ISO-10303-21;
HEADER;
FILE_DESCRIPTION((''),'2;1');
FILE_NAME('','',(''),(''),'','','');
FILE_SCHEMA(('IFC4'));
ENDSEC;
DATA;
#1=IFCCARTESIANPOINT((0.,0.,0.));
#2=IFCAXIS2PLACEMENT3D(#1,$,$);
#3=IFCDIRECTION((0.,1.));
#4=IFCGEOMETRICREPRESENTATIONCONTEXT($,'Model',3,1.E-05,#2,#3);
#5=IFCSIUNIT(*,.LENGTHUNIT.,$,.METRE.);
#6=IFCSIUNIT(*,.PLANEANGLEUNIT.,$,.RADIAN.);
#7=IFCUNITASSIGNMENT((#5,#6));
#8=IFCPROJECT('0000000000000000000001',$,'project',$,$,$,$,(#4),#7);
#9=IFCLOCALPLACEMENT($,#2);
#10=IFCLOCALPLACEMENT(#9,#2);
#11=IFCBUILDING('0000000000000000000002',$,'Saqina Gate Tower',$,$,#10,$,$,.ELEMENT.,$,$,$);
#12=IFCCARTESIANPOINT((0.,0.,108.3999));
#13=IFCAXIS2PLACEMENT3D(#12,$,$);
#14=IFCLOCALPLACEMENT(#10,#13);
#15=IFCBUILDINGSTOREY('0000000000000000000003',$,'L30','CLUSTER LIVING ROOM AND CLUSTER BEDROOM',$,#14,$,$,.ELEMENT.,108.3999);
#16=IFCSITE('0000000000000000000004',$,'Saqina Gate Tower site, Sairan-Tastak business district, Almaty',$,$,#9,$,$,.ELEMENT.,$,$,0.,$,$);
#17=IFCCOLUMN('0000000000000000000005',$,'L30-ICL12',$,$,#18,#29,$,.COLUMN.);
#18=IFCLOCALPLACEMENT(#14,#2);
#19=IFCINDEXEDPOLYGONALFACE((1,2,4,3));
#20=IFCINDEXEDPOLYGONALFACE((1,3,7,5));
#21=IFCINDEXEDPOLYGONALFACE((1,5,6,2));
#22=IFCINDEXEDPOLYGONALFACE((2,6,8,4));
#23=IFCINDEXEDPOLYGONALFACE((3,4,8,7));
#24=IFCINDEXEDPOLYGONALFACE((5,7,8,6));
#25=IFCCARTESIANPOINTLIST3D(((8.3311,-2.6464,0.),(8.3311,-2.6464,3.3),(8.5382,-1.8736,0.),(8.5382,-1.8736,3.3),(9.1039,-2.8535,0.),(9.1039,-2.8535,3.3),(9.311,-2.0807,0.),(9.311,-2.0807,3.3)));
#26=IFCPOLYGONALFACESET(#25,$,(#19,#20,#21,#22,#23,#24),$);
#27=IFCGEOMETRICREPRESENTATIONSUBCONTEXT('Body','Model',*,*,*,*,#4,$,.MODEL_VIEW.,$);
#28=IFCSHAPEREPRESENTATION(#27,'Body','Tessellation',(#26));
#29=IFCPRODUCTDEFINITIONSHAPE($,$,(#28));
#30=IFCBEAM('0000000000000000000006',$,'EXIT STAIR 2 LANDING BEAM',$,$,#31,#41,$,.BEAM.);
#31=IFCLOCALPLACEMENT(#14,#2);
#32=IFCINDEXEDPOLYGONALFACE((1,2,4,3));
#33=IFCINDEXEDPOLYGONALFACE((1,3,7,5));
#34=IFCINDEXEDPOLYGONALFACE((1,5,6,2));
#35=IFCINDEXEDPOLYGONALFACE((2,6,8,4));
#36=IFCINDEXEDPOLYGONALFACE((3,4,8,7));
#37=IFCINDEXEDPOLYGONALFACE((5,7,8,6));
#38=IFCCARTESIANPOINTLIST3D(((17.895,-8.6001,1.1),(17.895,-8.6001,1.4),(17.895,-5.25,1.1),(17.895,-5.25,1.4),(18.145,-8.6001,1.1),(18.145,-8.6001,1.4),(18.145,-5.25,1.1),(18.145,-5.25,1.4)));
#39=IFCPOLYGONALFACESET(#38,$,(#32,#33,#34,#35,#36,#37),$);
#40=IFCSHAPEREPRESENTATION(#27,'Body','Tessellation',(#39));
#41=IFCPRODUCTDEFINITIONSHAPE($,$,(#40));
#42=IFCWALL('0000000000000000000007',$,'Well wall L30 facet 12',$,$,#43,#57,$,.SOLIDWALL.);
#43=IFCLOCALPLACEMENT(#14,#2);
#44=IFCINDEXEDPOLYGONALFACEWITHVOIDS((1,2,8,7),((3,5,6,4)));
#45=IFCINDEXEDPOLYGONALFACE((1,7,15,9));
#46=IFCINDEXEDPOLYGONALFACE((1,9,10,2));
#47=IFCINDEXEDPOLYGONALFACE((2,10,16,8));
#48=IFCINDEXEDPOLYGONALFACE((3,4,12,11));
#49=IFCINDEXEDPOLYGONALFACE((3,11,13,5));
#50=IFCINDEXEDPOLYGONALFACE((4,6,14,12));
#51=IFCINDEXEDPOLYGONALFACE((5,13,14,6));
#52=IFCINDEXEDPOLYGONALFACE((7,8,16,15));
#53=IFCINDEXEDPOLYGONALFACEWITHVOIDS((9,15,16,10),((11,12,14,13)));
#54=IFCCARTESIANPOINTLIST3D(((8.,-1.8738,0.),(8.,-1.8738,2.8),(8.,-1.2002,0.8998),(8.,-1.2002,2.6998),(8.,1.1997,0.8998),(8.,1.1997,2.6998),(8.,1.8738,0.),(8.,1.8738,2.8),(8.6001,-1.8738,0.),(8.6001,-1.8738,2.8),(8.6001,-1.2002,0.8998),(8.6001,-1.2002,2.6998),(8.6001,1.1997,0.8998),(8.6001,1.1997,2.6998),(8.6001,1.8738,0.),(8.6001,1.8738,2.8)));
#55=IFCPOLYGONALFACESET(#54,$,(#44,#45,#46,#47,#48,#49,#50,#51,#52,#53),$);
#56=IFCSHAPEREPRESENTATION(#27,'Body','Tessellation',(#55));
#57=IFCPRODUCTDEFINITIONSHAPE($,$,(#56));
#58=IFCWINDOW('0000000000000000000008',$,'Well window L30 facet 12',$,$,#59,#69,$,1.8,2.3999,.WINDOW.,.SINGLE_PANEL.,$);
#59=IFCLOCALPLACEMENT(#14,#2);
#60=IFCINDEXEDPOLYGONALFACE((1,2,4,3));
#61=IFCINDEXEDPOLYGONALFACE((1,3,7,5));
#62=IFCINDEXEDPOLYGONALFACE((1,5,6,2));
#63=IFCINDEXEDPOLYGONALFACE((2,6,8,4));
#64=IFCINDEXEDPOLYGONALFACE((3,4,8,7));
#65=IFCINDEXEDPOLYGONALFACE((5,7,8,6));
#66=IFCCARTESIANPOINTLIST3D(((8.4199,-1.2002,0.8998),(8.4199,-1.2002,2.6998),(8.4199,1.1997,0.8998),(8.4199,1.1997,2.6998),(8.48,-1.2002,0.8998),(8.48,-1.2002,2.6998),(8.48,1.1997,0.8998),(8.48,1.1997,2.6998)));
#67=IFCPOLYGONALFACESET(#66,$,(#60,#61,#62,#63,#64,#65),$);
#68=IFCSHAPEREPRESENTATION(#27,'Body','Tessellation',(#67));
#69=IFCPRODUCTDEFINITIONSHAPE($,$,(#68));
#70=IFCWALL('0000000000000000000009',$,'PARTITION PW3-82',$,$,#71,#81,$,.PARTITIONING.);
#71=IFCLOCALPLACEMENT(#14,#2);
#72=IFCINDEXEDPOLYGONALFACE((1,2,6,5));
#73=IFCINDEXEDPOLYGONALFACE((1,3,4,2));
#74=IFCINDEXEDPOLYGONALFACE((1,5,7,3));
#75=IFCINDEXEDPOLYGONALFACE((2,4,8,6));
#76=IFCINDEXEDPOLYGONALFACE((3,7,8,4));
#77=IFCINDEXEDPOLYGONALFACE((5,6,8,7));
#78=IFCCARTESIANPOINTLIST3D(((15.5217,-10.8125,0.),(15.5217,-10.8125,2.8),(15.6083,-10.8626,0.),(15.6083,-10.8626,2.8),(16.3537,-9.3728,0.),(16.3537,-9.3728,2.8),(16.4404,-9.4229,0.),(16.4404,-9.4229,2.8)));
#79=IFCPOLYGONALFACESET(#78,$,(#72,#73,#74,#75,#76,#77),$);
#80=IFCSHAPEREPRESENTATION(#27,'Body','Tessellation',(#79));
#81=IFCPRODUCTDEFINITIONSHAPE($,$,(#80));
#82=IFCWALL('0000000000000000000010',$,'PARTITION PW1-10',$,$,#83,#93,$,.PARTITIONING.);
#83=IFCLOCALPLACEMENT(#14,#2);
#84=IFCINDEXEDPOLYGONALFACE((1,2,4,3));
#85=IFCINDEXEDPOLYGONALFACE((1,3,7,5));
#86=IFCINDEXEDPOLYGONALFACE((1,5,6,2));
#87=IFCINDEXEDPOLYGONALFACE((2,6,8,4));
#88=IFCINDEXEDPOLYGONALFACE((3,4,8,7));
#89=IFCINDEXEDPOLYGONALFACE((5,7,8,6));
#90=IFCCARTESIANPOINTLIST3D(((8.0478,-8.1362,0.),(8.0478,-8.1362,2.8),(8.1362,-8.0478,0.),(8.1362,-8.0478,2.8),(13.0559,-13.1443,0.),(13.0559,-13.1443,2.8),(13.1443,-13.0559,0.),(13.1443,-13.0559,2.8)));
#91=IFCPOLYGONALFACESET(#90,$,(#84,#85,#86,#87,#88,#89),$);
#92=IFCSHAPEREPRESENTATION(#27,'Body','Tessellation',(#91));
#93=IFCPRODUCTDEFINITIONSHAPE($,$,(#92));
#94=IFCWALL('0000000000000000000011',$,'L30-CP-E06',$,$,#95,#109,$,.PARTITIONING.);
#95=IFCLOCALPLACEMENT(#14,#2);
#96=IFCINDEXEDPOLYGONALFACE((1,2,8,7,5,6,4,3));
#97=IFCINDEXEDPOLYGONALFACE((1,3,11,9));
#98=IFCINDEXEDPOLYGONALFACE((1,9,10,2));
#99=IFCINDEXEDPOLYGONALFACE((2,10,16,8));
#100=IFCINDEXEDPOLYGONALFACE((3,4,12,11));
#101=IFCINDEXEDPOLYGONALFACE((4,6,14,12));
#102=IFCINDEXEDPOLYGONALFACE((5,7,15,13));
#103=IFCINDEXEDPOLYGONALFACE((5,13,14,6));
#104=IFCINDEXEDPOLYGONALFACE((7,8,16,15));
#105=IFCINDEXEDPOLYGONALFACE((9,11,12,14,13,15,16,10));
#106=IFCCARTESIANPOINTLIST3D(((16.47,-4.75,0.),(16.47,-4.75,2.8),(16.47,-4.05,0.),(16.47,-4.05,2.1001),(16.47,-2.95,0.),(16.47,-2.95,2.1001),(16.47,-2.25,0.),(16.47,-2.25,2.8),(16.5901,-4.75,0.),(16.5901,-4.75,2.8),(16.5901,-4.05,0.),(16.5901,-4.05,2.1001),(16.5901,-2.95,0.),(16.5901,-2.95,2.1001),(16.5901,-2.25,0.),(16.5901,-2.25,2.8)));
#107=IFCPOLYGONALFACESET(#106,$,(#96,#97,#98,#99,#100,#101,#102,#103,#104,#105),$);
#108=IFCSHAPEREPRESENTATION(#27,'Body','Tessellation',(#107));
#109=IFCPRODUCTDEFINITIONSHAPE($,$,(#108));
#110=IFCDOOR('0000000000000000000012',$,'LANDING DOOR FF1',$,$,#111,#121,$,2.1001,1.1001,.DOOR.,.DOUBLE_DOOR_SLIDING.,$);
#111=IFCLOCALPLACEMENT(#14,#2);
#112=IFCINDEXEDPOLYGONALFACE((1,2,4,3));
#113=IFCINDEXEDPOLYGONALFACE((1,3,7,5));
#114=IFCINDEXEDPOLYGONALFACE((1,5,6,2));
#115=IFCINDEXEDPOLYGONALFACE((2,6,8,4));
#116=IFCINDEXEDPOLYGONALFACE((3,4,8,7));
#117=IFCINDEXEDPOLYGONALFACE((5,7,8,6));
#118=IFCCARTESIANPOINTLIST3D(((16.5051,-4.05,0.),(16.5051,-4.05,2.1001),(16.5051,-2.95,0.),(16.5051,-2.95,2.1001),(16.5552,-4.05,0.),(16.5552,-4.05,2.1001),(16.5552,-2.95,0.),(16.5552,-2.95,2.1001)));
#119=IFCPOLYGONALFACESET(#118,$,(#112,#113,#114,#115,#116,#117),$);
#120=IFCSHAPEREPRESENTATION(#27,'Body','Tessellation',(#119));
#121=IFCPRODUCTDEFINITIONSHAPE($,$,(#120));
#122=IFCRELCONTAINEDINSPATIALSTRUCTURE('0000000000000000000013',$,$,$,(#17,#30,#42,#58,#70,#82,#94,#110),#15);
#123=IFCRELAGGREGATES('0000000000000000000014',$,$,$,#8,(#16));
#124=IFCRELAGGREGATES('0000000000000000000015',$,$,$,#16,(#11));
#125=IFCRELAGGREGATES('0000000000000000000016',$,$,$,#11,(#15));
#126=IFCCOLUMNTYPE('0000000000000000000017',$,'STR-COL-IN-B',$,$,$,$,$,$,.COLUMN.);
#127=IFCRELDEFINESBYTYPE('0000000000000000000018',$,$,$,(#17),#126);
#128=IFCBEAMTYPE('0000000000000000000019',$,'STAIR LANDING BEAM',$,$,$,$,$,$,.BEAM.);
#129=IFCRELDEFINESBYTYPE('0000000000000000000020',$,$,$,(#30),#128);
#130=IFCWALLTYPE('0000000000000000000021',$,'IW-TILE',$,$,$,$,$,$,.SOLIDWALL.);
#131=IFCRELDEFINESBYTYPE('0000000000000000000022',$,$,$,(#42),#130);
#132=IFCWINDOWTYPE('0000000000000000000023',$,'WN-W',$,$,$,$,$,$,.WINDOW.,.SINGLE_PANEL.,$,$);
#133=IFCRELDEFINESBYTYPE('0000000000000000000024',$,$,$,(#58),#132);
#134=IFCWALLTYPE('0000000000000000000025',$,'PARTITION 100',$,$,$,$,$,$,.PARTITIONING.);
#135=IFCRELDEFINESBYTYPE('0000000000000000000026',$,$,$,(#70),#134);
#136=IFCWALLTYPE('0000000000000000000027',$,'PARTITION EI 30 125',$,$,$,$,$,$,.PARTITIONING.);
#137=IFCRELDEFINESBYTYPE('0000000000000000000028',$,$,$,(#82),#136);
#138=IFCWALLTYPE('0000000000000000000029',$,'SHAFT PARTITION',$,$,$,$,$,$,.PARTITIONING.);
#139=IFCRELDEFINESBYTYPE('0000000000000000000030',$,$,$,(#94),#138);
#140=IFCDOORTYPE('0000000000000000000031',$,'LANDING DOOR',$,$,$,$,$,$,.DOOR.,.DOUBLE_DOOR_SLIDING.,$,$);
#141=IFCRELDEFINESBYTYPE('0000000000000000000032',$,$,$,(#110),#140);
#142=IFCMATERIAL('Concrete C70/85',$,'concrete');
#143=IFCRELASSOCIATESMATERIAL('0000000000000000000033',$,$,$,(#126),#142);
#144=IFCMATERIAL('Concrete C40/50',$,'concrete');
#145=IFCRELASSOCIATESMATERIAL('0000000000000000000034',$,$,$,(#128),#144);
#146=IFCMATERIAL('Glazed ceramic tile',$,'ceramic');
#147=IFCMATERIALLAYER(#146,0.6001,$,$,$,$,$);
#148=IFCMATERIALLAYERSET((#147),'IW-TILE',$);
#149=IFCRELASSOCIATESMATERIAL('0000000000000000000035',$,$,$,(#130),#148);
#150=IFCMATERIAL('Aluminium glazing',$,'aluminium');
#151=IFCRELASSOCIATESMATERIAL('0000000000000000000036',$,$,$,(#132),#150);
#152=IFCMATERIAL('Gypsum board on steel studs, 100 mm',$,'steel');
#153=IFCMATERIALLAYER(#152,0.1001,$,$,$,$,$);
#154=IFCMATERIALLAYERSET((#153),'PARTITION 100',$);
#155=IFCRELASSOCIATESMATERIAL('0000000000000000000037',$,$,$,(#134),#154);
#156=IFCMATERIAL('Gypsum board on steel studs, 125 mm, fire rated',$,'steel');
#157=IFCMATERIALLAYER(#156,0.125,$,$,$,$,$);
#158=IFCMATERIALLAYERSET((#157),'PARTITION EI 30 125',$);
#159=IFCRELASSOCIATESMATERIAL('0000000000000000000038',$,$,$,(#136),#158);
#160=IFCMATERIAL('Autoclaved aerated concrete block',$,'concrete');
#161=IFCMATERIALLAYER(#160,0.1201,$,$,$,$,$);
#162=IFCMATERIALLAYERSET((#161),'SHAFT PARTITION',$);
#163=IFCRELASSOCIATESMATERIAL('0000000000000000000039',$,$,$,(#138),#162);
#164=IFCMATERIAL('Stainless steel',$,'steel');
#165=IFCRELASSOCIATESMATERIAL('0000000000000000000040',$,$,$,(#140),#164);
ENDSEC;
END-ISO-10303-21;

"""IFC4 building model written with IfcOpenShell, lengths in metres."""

from ifc_helpers import new_model, si_unit, direction, frame, frame_2d, origin, origin_2d, place, context, subcontext, project, spatial, rectangle, extrude, material, layer, layer_set, material_profile, profile_set, type_object, element, fill, save


model = new_model("IFC4")

# Units and contexts
model_context = context("Model", 3, precision=1e-05, world=origin(), true_north=direction((0.0, 1.0)))
body_context = subcontext(model_context, "Body", "Model", "MODEL_VIEW")
ifc_project = project(units=[si_unit("LENGTHUNIT", "METRE"), si_unit("PLANEANGLEUNIT", "RADIAN")], contexts=[model_context])

# Site, building, storey
site_placement = place(None, origin())
site = spatial("IfcSite", under=ifc_project, at=site_placement, Name="Saqina Gate Tower site, Sairan-Tastak business district, Almaty", CompositionType="ELEMENT", RefElevation=0.0)
building_placement = place(site_placement, origin())
building = spatial("IfcBuilding", under=site, at=building_placement, Name="Saqina Gate Tower", CompositionType="ELEMENT")
storey_placement = place(building_placement, frame((0.0, 0.0, 108.3999)))
storey = spatial("IfcBuildingStorey", under=building, at=storey_placement, Name="L30", Description="CLUSTER LIVING ROOM AND CLUSTER BEDROOM", CompositionType="ELEMENT", Elevation=108.3999)

# Column
ifc_material_1 = material(Name="Concrete C70/85", Category="concrete")
ifc_material_profile_1 = material_profile(ifc_material_1, rectangle(XDim=0.8, YDim=0.8, at=origin_2d()), Name="RC 800x800")
ifc_profile_set_1 = profile_set([ifc_material_profile_1], Name="Concrete C70/85")
column_type = type_object("IfcColumnType", Name="STR-COL-IN-B", PredefinedType="COLUMN", material=ifc_profile_set_1)
column_placement = place(storey_placement, frame((8.821, -2.3635, 0.0), z_axis=(0.0, 0.0, 1.0), x_axis=(0.965926, -0.258819, 0.0)))
element("IfcColumn", 1, at=column_placement, inside=storey, type_object=column_type, Name="L30-ICL12", PredefinedType="COLUMN", context=body_context, shape_type="SweptSolid", body=[
    extrude(rectangle(XDim=0.8, YDim=0.8, at=origin_2d()), origin(), (0.0, 0.0, 1.0), 3.3),
])

# Beam
ifc_material_2 = material(Name="Concrete C40/50", Category="concrete")
ifc_material_profile_2 = material_profile(ifc_material_2, rectangle(XDim=0.25, YDim=0.3, at=origin_2d()), Name="STAIR LANDING BEAM")
ifc_profile_set_2 = profile_set([ifc_material_profile_2], Name="Concrete C40/50")
beam_type = type_object("IfcBeamType", Name="STAIR LANDING BEAM", PredefinedType="BEAM", material=ifc_profile_set_2)
beam_placement = place(storey_placement, frame((18.02, -8.6001, 1.25), z_axis=(0.0, 1.0, 0.0), x_axis=(-1.0, 0.0, 0.0)))
element("IfcBeam", 2, at=beam_placement, inside=storey, type_object=beam_type, Name="EXIT STAIR 2 LANDING BEAM", PredefinedType="BEAM", context=body_context, shape_type="SweptSolid", body=[
    extrude(rectangle(XDim=0.25, YDim=0.3, at=origin_2d()), origin(), (0.0, 0.0, 1.0), 3.3501),
])

# Wall, opening, window
ifc_material_3 = material(Name="Glazed ceramic tile", Category="ceramic")
ifc_layer_1 = layer(ifc_material_3, 0.6001)
ifc_layer_set_1 = layer_set([ifc_layer_1], Name="IW-TILE")
wall_type_1 = type_object("IfcWallType", Name="IW-TILE", PredefinedType="SOLIDWALL", material=ifc_layer_set_1)
wall_1_placement = place(storey_placement, frame((8.3, -1.8738, 0.0), z_axis=(0.0, 0.0, 1.0), x_axis=(0.0, 1.0, 0.0)))
wall_1 = element("IfcWall", 3, at=wall_1_placement, inside=storey, type_object=wall_type_1, Name="Well wall L30 facet 12", PredefinedType="SOLIDWALL", context=body_context, shape_type="SweptSolid", body=[
    extrude(rectangle(XDim=3.7476, YDim=0.6001, at=frame_2d((1.8738, 0.0))), origin(), (0.0, 0.0, 1.0), 2.8),
])
opening_1_placement = place(wall_1_placement, frame((0.6736, 0.0, 0.8999)))
opening_1 = element("IfcOpeningElement", 4, at=opening_1_placement, cuts=wall_1, PredefinedType="OPENING", context=body_context, shape_type="SweptSolid", body=[
    extrude(rectangle(XDim=2.3999, YDim=1.8, at=frame_2d((1.2, 0.8999))), frame((0.0, 0.312, 0.0), z_axis=(0.0, -1.0, 0.0), x_axis=(1.0, 0.0, 0.0)), (0.0, 0.0, 1.0), 0.624),
])
ifc_material_4 = material(Name="Aluminium glazing", Category="aluminium")
window_type = type_object("IfcWindowType", Name="WN-W", PartitioningType="SINGLE_PANEL", PredefinedType="WINDOW", material=ifc_material_4)
window_placement = place(opening_1_placement, origin())
window = element("IfcWindow", 5, at=window_placement, inside=storey, type_object=window_type, Name="Well window L30 facet 12", OverallHeight=1.8, OverallWidth=2.3999, PartitioningType="SINGLE_PANEL", PredefinedType="WINDOW", context=body_context, shape_type="SweptSolid", body=[
    extrude(rectangle(XDim=2.3999, YDim=1.8, at=frame_2d((1.2, 0.8999))), frame((0.0, -0.1199, 0.0), z_axis=(0.0, -1.0, 0.0), x_axis=(1.0, 0.0, 0.0)), (0.0, 0.0, 1.0), 0.0601),
])
fill(opening_1, window)

# Walls
ifc_material_5 = material(Name="Gypsum board on steel studs, 100 mm", Category="steel")
ifc_layer_2 = layer(ifc_material_5, 0.1001)
ifc_layer_set_2 = layer_set([ifc_layer_2], Name="PARTITION 100")
wall_type_2 = type_object("IfcWallType", Name="PARTITION 100", PredefinedType="PARTITIONING", material=ifc_layer_set_2)
wall_2_placement = place(storey_placement, frame((15.5649, -10.8376, 0.0), z_axis=(0.0, 0.0, 1.0), x_axis=(0.500371, 0.865811, 0.0)))
element("IfcWall", 6, at=wall_2_placement, inside=storey, type_object=wall_type_2, Name="PARTITION PW3-82", PredefinedType="PARTITIONING", context=body_context, shape_type="SweptSolid", body=[
    extrude(rectangle(XDim=1.6628, YDim=0.1001, at=frame_2d((0.8315, 0.0))), origin(), (0.0, 0.0, 1.0), 2.8),
])
ifc_material_6 = material(Name="Gypsum board on steel studs, 125 mm, fire rated", Category="steel")
ifc_layer_3 = layer(ifc_material_6, 0.125)
ifc_layer_set_3 = layer_set([ifc_layer_3], Name="PARTITION EI 30 125")
wall_type_3 = type_object("IfcWallType", Name="PARTITION EI 30 125", PredefinedType="PARTITIONING", material=ifc_layer_set_3)
wall_3_placement = place(storey_placement, frame((8.092, -8.092, 0.0), z_axis=(0.0, 0.0, 1.0), x_axis=(0.707107, -0.707107, 0.0)))
element("IfcWall", 7, at=wall_3_placement, inside=storey, type_object=wall_type_3, Name="PARTITION PW1-10", PredefinedType="PARTITIONING", context=body_context, shape_type="SweptSolid", body=[
    extrude(rectangle(XDim=7.0825, YDim=0.125, at=frame_2d((3.5413, 0.0))), origin(), (0.0, 0.0, 1.0), 2.8),
])

# Wall, opening, door
ifc_material_7 = material(Name="Autoclaved aerated concrete block", Category="concrete")
ifc_layer_4 = layer(ifc_material_7, 0.1201)
ifc_layer_set_4 = layer_set([ifc_layer_4], Name="SHAFT PARTITION")
wall_type_4 = type_object("IfcWallType", Name="SHAFT PARTITION", PredefinedType="PARTITIONING", material=ifc_layer_set_4)
wall_4_placement = place(storey_placement, frame((16.53, -4.75, 0.0), z_axis=(0.0, 0.0, 1.0), x_axis=(0.0, 1.0, 0.0)))
wall_4 = element("IfcWall", 8, at=wall_4_placement, inside=storey, type_object=wall_type_4, Name="L30-CP-E06", PredefinedType="PARTITIONING", context=body_context, shape_type="SweptSolid", body=[
    extrude(rectangle(XDim=2.5, YDim=0.1201, at=frame_2d((1.25, 0.0))), origin(), (0.0, 0.0, 1.0), 2.8),
])
opening_2_placement = place(wall_4_placement, frame((0.7, 0.0, 0.0)))
opening_2 = element("IfcOpeningElement", 9, at=opening_2_placement, cuts=wall_4, PredefinedType="OPENING", context=body_context, shape_type="SweptSolid", body=[
    extrude(rectangle(XDim=1.1001, YDim=2.1001, at=frame_2d((0.55, 1.05))), frame((0.0, 0.072, 0.0), z_axis=(0.0, -1.0, 0.0), x_axis=(1.0, 0.0, 0.0)), (0.0, 0.0, 1.0), 0.144),
])
ifc_material_8 = material(Name="Stainless steel", Category="steel")
door_type_1 = type_object("IfcDoorType", Name="LANDING DOOR", OperationType="DOUBLE_DOOR_SLIDING", PredefinedType="DOOR", material=ifc_material_8)
door_1_placement = place(opening_2_placement, origin())
door_1 = element("IfcDoor", 10, at=door_1_placement, inside=storey, type_object=door_type_1, Name="LANDING DOOR FF1", OperationType="DOUBLE_DOOR_SLIDING", OverallHeight=2.1001, OverallWidth=1.1001, PredefinedType="DOOR", context=body_context, shape_type="SweptSolid", body=[
    extrude(rectangle(XDim=1.1001, YDim=2.1001, at=frame_2d((0.55, 1.05))), frame((0.0, 0.0249, 0.0), z_axis=(0.0, -1.0, 0.0), x_axis=(1.0, 0.0, 0.0)), (0.0, 0.0, 1.0), 0.05),
])
fill(opening_2, door_1)

save(model, "model.ifc")
